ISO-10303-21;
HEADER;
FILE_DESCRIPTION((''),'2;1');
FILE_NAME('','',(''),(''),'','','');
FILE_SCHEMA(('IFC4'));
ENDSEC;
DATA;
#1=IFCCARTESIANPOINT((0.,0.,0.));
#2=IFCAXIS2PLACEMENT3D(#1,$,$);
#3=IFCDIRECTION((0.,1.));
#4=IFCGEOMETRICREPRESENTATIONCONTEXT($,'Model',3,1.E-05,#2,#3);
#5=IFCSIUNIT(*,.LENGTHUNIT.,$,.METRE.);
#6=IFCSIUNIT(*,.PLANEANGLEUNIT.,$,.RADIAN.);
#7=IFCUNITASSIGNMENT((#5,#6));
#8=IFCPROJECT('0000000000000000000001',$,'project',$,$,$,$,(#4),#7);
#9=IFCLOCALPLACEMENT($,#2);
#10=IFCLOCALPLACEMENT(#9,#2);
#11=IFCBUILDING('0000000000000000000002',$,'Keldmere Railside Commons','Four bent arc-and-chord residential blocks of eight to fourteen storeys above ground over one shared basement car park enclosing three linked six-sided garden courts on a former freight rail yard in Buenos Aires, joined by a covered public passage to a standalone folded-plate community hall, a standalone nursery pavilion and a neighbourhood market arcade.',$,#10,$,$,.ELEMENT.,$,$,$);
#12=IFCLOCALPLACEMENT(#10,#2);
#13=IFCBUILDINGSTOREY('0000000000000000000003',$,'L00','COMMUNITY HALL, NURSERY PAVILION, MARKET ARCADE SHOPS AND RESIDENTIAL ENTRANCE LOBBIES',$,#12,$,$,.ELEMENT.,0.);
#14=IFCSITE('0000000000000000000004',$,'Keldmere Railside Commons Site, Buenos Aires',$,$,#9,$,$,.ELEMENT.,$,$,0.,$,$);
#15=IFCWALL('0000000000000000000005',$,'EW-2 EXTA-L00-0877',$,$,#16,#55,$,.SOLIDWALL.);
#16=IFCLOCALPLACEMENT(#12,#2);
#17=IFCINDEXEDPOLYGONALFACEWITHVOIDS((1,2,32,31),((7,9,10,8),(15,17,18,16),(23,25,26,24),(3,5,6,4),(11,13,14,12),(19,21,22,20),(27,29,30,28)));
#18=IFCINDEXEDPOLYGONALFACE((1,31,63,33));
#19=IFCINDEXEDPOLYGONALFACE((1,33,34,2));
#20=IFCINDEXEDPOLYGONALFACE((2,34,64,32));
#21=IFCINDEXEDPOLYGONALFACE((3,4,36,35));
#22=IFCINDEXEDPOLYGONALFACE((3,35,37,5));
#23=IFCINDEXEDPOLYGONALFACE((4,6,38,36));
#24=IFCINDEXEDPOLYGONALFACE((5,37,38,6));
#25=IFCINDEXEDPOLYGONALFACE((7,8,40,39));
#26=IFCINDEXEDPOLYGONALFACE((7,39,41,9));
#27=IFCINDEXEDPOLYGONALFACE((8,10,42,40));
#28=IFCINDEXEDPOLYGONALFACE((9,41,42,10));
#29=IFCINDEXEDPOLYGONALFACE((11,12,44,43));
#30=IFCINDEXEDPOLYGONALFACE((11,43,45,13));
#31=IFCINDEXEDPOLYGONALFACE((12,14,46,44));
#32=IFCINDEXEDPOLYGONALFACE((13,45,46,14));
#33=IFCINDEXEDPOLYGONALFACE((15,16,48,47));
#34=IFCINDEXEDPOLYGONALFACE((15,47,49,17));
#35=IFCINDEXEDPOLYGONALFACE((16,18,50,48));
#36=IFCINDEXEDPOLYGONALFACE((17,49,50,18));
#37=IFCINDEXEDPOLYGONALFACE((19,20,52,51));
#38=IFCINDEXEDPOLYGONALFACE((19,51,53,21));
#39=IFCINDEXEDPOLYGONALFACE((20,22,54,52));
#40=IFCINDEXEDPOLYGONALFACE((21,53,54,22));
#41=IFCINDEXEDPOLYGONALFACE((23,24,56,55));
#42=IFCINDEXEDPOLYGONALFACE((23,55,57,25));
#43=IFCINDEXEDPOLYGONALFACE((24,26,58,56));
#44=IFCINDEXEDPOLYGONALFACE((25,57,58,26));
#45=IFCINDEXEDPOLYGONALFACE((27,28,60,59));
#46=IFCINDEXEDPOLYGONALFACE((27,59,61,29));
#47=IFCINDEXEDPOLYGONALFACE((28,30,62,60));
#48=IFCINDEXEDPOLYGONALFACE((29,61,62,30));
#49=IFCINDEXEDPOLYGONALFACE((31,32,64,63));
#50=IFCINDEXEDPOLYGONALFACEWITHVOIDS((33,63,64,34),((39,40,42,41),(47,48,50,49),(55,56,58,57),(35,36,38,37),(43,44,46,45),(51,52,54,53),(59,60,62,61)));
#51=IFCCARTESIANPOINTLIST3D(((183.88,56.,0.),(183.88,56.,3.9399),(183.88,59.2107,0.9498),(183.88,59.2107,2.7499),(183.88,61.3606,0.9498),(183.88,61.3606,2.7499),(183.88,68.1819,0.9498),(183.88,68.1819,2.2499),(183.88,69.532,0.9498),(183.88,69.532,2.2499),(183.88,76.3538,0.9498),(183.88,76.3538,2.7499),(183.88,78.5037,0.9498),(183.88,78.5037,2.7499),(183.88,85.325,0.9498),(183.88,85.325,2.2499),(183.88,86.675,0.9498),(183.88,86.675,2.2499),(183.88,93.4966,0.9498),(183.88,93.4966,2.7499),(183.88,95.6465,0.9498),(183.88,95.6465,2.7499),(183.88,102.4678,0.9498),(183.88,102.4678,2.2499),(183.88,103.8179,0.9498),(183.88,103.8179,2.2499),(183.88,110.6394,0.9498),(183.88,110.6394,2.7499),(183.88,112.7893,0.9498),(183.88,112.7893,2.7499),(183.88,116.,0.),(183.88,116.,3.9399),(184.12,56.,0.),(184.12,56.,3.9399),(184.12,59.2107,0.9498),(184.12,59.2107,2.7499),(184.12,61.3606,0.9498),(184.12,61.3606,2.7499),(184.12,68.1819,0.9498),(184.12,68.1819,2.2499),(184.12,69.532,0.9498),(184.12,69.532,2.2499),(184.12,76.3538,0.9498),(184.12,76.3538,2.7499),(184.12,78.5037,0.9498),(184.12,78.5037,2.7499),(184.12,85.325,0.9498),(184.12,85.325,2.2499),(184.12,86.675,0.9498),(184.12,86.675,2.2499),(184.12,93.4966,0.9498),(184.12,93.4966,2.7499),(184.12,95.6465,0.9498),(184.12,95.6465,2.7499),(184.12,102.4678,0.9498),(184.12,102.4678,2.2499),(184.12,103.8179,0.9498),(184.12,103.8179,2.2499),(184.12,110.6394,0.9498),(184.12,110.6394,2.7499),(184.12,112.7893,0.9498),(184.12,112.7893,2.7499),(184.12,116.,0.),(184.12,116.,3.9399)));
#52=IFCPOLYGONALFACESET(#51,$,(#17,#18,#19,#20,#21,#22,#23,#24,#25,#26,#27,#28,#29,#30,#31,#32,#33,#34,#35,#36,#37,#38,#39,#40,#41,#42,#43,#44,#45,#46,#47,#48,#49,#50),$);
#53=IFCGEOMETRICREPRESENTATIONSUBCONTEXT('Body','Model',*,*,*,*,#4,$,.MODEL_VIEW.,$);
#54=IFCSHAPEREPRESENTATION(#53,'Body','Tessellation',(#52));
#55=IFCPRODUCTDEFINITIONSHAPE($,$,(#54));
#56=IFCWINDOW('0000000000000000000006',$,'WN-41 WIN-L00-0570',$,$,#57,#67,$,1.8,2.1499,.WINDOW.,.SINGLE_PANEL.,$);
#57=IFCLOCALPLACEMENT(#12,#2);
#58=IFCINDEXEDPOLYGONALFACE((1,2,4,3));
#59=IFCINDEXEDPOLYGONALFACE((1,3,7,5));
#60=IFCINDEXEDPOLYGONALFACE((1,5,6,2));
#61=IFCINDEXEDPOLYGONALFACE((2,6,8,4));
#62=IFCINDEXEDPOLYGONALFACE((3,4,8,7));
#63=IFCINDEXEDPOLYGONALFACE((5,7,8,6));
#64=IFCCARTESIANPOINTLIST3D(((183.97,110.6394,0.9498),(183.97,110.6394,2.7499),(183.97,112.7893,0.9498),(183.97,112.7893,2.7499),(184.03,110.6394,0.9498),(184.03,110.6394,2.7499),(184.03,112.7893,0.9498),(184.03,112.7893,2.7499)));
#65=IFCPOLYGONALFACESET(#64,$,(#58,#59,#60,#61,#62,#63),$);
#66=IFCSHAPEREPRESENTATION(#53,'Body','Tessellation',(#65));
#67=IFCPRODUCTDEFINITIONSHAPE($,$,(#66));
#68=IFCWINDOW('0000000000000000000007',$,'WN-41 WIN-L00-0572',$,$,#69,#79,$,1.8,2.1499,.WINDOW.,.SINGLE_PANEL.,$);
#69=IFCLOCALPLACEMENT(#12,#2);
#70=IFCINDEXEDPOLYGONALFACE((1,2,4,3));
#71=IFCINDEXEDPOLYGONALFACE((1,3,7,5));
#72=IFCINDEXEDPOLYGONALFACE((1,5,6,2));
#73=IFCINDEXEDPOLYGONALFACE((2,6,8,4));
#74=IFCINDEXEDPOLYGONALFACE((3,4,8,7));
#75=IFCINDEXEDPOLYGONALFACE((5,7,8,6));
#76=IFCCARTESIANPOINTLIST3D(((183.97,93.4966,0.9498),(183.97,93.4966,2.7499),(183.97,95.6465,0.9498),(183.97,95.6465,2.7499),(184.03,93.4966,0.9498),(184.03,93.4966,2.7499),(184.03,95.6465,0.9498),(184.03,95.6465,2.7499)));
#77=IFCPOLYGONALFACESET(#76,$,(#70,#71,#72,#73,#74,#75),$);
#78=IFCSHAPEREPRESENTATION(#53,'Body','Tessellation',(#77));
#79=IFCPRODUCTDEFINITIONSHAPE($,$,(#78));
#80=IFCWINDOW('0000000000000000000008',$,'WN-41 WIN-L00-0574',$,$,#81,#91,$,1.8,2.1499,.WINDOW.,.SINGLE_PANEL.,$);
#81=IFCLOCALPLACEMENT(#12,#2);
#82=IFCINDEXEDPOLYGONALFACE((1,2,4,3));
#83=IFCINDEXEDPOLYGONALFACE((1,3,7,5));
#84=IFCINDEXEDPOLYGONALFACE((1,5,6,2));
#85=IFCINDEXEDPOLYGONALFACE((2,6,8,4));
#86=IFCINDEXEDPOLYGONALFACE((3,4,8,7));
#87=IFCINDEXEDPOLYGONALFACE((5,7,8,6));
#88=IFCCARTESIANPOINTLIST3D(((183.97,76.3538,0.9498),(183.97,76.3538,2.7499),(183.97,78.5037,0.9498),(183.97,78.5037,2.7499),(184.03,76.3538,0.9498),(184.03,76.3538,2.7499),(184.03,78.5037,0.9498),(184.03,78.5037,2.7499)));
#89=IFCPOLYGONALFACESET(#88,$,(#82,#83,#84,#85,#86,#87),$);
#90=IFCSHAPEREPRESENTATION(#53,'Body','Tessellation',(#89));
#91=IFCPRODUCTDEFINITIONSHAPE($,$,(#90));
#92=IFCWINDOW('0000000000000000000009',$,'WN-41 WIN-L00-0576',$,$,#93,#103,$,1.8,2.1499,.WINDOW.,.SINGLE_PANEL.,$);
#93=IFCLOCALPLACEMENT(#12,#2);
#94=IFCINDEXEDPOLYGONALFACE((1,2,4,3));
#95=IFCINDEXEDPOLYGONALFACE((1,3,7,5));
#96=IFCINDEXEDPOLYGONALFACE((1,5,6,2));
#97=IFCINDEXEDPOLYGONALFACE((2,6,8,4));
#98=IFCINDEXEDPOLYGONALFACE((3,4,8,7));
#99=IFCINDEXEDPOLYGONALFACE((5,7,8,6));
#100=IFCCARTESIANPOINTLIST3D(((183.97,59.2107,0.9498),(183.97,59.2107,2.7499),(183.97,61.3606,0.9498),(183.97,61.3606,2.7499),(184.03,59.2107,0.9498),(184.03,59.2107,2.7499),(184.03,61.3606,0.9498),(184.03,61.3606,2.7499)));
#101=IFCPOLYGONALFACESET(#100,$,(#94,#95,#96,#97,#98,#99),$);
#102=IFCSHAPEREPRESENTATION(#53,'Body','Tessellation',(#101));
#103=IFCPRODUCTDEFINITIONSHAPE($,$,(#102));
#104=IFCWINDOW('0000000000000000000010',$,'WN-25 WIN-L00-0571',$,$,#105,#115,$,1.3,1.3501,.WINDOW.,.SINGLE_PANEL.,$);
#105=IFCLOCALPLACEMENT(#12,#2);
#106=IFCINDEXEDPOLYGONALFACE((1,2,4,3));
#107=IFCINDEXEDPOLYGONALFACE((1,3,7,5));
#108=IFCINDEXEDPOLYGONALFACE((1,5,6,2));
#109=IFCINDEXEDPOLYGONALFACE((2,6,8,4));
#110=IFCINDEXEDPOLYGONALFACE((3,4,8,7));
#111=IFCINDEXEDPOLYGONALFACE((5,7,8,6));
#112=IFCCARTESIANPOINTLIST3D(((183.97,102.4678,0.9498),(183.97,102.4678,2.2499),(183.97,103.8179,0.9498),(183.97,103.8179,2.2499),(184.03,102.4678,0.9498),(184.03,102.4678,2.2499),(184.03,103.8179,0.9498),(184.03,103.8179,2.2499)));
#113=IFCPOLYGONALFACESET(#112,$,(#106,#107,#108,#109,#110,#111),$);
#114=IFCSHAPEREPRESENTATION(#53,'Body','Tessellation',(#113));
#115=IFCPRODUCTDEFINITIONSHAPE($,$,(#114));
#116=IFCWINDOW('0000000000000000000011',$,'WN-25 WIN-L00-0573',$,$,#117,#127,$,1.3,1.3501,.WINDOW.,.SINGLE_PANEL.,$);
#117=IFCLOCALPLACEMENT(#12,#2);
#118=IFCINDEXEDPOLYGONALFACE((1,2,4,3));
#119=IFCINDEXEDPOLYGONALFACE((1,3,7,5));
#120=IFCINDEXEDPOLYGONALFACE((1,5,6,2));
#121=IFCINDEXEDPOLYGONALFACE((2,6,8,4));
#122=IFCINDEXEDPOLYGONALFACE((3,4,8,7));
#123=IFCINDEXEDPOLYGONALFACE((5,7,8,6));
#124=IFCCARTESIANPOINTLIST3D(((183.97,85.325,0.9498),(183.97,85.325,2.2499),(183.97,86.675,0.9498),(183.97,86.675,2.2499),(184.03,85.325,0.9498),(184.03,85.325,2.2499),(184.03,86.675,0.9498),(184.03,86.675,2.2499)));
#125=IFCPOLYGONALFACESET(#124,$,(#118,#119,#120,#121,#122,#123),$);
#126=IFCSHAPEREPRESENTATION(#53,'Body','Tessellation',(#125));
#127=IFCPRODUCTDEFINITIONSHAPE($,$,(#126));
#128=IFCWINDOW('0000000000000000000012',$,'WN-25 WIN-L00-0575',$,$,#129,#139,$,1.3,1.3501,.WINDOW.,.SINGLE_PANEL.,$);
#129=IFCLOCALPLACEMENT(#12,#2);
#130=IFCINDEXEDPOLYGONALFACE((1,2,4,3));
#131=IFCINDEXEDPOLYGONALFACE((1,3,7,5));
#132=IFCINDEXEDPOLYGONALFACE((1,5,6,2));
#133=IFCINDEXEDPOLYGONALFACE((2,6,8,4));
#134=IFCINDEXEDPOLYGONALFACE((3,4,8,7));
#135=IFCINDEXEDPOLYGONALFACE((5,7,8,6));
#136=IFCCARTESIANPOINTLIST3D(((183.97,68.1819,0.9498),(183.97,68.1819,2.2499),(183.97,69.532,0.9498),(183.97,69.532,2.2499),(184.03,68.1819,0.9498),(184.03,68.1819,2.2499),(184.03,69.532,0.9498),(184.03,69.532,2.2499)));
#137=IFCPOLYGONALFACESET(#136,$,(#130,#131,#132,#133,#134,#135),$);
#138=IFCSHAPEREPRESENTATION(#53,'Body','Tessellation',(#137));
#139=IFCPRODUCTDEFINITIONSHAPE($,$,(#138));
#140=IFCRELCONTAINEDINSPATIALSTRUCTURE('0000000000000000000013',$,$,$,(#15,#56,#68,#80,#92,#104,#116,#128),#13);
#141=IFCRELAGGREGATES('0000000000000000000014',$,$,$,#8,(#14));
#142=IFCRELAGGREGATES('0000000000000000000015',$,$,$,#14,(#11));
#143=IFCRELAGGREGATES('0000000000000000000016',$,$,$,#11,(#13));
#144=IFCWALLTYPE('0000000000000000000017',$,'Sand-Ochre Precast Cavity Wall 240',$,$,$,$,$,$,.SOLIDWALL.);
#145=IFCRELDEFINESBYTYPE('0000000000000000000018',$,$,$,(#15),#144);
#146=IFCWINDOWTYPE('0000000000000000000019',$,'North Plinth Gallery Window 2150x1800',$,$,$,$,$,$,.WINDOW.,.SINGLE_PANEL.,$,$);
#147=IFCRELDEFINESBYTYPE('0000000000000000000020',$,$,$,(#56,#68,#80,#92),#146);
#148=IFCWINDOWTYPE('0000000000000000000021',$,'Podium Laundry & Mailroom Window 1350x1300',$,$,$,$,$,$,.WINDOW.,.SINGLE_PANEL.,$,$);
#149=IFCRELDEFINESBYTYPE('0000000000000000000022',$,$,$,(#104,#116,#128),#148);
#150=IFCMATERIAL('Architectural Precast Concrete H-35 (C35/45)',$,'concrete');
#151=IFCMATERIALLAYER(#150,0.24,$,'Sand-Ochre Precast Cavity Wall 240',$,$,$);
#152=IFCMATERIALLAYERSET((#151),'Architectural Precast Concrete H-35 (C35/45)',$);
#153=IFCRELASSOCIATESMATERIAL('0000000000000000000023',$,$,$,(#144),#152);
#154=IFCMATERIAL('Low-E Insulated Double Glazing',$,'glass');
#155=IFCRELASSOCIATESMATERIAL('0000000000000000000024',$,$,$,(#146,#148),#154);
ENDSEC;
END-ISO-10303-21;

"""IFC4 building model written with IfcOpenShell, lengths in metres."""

from ifc_helpers import new_model, si_unit, direction, frame, frame_2d, origin, place, context, subcontext, project, spatial, rectangle, extrude, material, layer, layer_set, type_object, element, fill, save


model = new_model("IFC4")

# Units and contexts
model_context = context("Model", 3, precision=1e-05, world=origin(), true_north=direction((0.0, 1.0)))
body_context = subcontext(model_context, "Body", "Model", "MODEL_VIEW")
ifc_project = project(units=[si_unit("LENGTHUNIT", "METRE"), si_unit("PLANEANGLEUNIT", "RADIAN")], contexts=[model_context])

# Site, building, storey
site_placement = place(None, origin())
site = spatial("IfcSite", under=ifc_project, at=site_placement, Name="Keldmere Railside Commons Site, Buenos Aires", CompositionType="ELEMENT", RefElevation=0.0)
building_placement = place(site_placement, origin())
building = spatial("IfcBuilding", under=site, at=building_placement, Name="Keldmere Railside Commons", Description="Four bent arc-and-chord residential blocks of eight to fourteen storeys above ground over one shared basement car park enclosing three linked six-sided garden courts on a former freight rail yard in Buenos Aires, joined by a covered public passage to a standalone folded-plate community hall, a standalone nursery pavilion and a neighbourhood market arcade.", CompositionType="ELEMENT")
storey_placement = place(building_placement, origin())
storey = spatial("IfcBuildingStorey", under=building, at=storey_placement, Name="L00", Description="COMMUNITY HALL, NURSERY PAVILION, MARKET ARCADE SHOPS AND RESIDENTIAL ENTRANCE LOBBIES", CompositionType="ELEMENT", Elevation=0.0)

# Wall, openings, windows
ifc_material_1 = material(Name="Architectural Precast Concrete H-35 (C35/45)", Category="concrete")
ifc_layer = layer(ifc_material_1, 0.24, Name="Sand-Ochre Precast Cavity Wall 240")
ifc_layer_set = layer_set([ifc_layer], Name="Architectural Precast Concrete H-35 (C35/45)")
wall_type = type_object("IfcWallType", Name="Sand-Ochre Precast Cavity Wall 240", PredefinedType="SOLIDWALL", material=ifc_layer_set)
wall_placement = place(storey_placement, frame((184.0, 116.0, 0.0), z_axis=(0.0, 0.0, 1.0), x_axis=(0.0, -1.0, 0.0)))
wall = element("IfcWall", 1, at=wall_placement, inside=storey, type_object=wall_type, Name="EW-2 EXTA-L00-0877", PredefinedType="SOLIDWALL", context=body_context, shape_type="SweptSolid", body=[
    extrude(rectangle(XDim=60.0, YDim=0.24, at=frame_2d((30.0, 0.0))), origin(), (0.0, 0.0, 1.0), 3.9399),
])
opening_1_placement = place(wall_placement, frame((3.2107, 0.0, 0.95)))
opening_1 = element("IfcOpeningElement", 2, at=opening_1_placement, cuts=wall, PredefinedType="OPENING", context=body_context, shape_type="SweptSolid", body=[
    extrude(rectangle(XDim=2.1499, YDim=1.8, at=frame_2d((1.075, 0.8999))), frame((0.0, 0.1299, 0.0), z_axis=(0.0, -1.0, 0.0), x_axis=(1.0, 0.0, 0.0)), (0.0, 0.0, 1.0), 0.26),
])
opening_2_placement = place(wall_placement, frame((12.1821, 0.0, 0.95)))
opening_2 = element("IfcOpeningElement", 3, at=opening_2_placement, cuts=wall, PredefinedType="OPENING", context=body_context, shape_type="SweptSolid", body=[
    extrude(rectangle(XDim=1.3501, YDim=1.3, at=frame_2d((0.675, 0.6499))), frame((0.0, 0.1299, 0.0), z_axis=(0.0, -1.0, 0.0), x_axis=(1.0, 0.0, 0.0)), (0.0, 0.0, 1.0), 0.26),
])
opening_3_placement = place(wall_placement, frame((20.3535, 0.0, 0.95)))
opening_3 = element("IfcOpeningElement", 4, at=opening_3_placement, cuts=wall, PredefinedType="OPENING", context=body_context, shape_type="SweptSolid", body=[
    extrude(rectangle(XDim=2.1499, YDim=1.8, at=frame_2d((1.075, 0.8999))), frame((0.0, 0.1299, 0.0), z_axis=(0.0, -1.0, 0.0), x_axis=(1.0, 0.0, 0.0)), (0.0, 0.0, 1.0), 0.26),
])
opening_4_placement = place(wall_placement, frame((29.325, 0.0, 0.95)))
opening_4 = element("IfcOpeningElement", 5, at=opening_4_placement, cuts=wall, PredefinedType="OPENING", context=body_context, shape_type="SweptSolid", body=[
    extrude(rectangle(XDim=1.3501, YDim=1.3, at=frame_2d((0.675, 0.6499))), frame((0.0, 0.1299, 0.0), z_axis=(0.0, -1.0, 0.0), x_axis=(1.0, 0.0, 0.0)), (0.0, 0.0, 1.0), 0.26),
])
opening_5_placement = place(wall_placement, frame((37.4963, 0.0, 0.95)))
opening_5 = element("IfcOpeningElement", 6, at=opening_5_placement, cuts=wall, PredefinedType="OPENING", context=body_context, shape_type="SweptSolid", body=[
    extrude(rectangle(XDim=2.1499, YDim=1.8, at=frame_2d((1.075, 0.8999))), frame((0.0, 0.1299, 0.0), z_axis=(0.0, -1.0, 0.0), x_axis=(1.0, 0.0, 0.0)), (0.0, 0.0, 1.0), 0.26),
])
opening_6_placement = place(wall_placement, frame((46.468, 0.0, 0.95)))
opening_6 = element("IfcOpeningElement", 7, at=opening_6_placement, cuts=wall, PredefinedType="OPENING", context=body_context, shape_type="SweptSolid", body=[
    extrude(rectangle(XDim=1.3501, YDim=1.3, at=frame_2d((0.675, 0.6499))), frame((0.0, 0.1299, 0.0), z_axis=(0.0, -1.0, 0.0), x_axis=(1.0, 0.0, 0.0)), (0.0, 0.0, 1.0), 0.26),
])
opening_7_placement = place(wall_placement, frame((54.6394, 0.0, 0.95)))
opening_7 = element("IfcOpeningElement", 8, at=opening_7_placement, cuts=wall, PredefinedType="OPENING", context=body_context, shape_type="SweptSolid", body=[
    extrude(rectangle(XDim=2.1499, YDim=1.8, at=frame_2d((1.075, 0.8999))), frame((0.0, 0.1299, 0.0), z_axis=(0.0, -1.0, 0.0), x_axis=(1.0, 0.0, 0.0)), (0.0, 0.0, 1.0), 0.26),
])
ifc_material_2 = material(Name="Low-E Insulated Double Glazing", Category="glass")
window_type_1 = type_object("IfcWindowType", Name="North Plinth Gallery Window 2150x1800", PartitioningType="SINGLE_PANEL", PredefinedType="WINDOW", material=ifc_material_2)
window_1_placement = place(opening_1_placement, origin())
window_1 = element("IfcWindow", 9, at=window_1_placement, inside=storey, type_object=window_type_1, Name="WN-41 WIN-L00-0570", OverallHeight=1.8, OverallWidth=2.1499, PartitioningType="SINGLE_PANEL", PredefinedType="WINDOW", context=body_context, shape_type="SweptSolid", body=[
    extrude(rectangle(XDim=2.1499, YDim=1.8, at=frame_2d((1.075, 0.8999))), frame((0.0, 0.03, 0.0), z_axis=(0.0, -1.0, 0.0), x_axis=(1.0, 0.0, 0.0)), (0.0, 0.0, 1.0), 0.0601),
])
fill(opening_1, window_1)
window_2_placement = place(opening_3_placement, origin())
window_2 = element("IfcWindow", 10, at=window_2_placement, inside=storey, type_object=window_type_1, Name="WN-41 WIN-L00-0572", OverallHeight=1.8, OverallWidth=2.1499, PartitioningType="SINGLE_PANEL", PredefinedType="WINDOW", context=body_context, shape_type="SweptSolid", body=[
    extrude(rectangle(XDim=2.1499, YDim=1.8, at=frame_2d((1.075, 0.8999))), frame((0.0, 0.03, 0.0), z_axis=(0.0, -1.0, 0.0), x_axis=(1.0, 0.0, 0.0)), (0.0, 0.0, 1.0), 0.0601),
])
fill(opening_3, window_2)
window_3_placement = place(opening_5_placement, origin())
window_3 = element("IfcWindow", 11, at=window_3_placement, inside=storey, type_object=window_type_1, Name="WN-41 WIN-L00-0574", OverallHeight=1.8, OverallWidth=2.1499, PartitioningType="SINGLE_PANEL", PredefinedType="WINDOW", context=body_context, shape_type="SweptSolid", body=[
    extrude(rectangle(XDim=2.1499, YDim=1.8, at=frame_2d((1.075, 0.8999))), frame((0.0, 0.03, 0.0), z_axis=(0.0, -1.0, 0.0), x_axis=(1.0, 0.0, 0.0)), (0.0, 0.0, 1.0), 0.0601),
])
fill(opening_5, window_3)
window_4_placement = place(opening_7_placement, origin())
window_4 = element("IfcWindow", 12, at=window_4_placement, inside=storey, type_object=window_type_1, Name="WN-41 WIN-L00-0576", OverallHeight=1.8, OverallWidth=2.1499, PartitioningType="SINGLE_PANEL", PredefinedType="WINDOW", context=body_context, shape_type="SweptSolid", body=[
    extrude(rectangle(XDim=2.1499, YDim=1.8, at=frame_2d((1.075, 0.8999))), frame((0.0, 0.03, 0.0), z_axis=(0.0, -1.0, 0.0), x_axis=(1.0, 0.0, 0.0)), (0.0, 0.0, 1.0), 0.0601),
])
fill(opening_7, window_4)
window_type_2 = type_object("IfcWindowType", Name="Podium Laundry & Mailroom Window 1350x1300", PartitioningType="SINGLE_PANEL", PredefinedType="WINDOW", material=ifc_material_2)
window_5_placement = place(opening_2_placement, origin())
window_5 = element("IfcWindow", 13, at=window_5_placement, inside=storey, type_object=window_type_2, Name="WN-25 WIN-L00-0571", OverallHeight=1.3, OverallWidth=1.3501, PartitioningType="SINGLE_PANEL", PredefinedType="WINDOW", context=body_context, shape_type="SweptSolid", body=[
    extrude(rectangle(XDim=1.3501, YDim=1.3, at=frame_2d((0.675, 0.6499))), frame((0.0, 0.03, 0.0), z_axis=(0.0, -1.0, 0.0), x_axis=(1.0, 0.0, 0.0)), (0.0, 0.0, 1.0), 0.0601),
])
fill(opening_2, window_5)
window_6_placement = place(opening_4_placement, origin())
window_6 = element("IfcWindow", 14, at=window_6_placement, inside=storey, type_object=window_type_2, Name="WN-25 WIN-L00-0573", OverallHeight=1.3, OverallWidth=1.3501, PartitioningType="SINGLE_PANEL", PredefinedType="WINDOW", context=body_context, shape_type="SweptSolid", body=[
    extrude(rectangle(XDim=1.3501, YDim=1.3, at=frame_2d((0.675, 0.6499))), frame((0.0, 0.03, 0.0), z_axis=(0.0, -1.0, 0.0), x_axis=(1.0, 0.0, 0.0)), (0.0, 0.0, 1.0), 0.0601),
])
fill(opening_4, window_6)
window_7_placement = place(opening_6_placement, origin())
window_7 = element("IfcWindow", 15, at=window_7_placement, inside=storey, type_object=window_type_2, Name="WN-25 WIN-L00-0575", OverallHeight=1.3, OverallWidth=1.3501, PartitioningType="SINGLE_PANEL", PredefinedType="WINDOW", context=body_context, shape_type="SweptSolid", body=[
    extrude(rectangle(XDim=1.3501, YDim=1.3, at=frame_2d((0.675, 0.6499))), frame((0.0, 0.03, 0.0), z_axis=(0.0, -1.0, 0.0), x_axis=(1.0, 0.0, 0.0)), (0.0, 0.0, 1.0), 0.0601),
])
fill(opening_6, window_7)

save(model, "model.ifc")
